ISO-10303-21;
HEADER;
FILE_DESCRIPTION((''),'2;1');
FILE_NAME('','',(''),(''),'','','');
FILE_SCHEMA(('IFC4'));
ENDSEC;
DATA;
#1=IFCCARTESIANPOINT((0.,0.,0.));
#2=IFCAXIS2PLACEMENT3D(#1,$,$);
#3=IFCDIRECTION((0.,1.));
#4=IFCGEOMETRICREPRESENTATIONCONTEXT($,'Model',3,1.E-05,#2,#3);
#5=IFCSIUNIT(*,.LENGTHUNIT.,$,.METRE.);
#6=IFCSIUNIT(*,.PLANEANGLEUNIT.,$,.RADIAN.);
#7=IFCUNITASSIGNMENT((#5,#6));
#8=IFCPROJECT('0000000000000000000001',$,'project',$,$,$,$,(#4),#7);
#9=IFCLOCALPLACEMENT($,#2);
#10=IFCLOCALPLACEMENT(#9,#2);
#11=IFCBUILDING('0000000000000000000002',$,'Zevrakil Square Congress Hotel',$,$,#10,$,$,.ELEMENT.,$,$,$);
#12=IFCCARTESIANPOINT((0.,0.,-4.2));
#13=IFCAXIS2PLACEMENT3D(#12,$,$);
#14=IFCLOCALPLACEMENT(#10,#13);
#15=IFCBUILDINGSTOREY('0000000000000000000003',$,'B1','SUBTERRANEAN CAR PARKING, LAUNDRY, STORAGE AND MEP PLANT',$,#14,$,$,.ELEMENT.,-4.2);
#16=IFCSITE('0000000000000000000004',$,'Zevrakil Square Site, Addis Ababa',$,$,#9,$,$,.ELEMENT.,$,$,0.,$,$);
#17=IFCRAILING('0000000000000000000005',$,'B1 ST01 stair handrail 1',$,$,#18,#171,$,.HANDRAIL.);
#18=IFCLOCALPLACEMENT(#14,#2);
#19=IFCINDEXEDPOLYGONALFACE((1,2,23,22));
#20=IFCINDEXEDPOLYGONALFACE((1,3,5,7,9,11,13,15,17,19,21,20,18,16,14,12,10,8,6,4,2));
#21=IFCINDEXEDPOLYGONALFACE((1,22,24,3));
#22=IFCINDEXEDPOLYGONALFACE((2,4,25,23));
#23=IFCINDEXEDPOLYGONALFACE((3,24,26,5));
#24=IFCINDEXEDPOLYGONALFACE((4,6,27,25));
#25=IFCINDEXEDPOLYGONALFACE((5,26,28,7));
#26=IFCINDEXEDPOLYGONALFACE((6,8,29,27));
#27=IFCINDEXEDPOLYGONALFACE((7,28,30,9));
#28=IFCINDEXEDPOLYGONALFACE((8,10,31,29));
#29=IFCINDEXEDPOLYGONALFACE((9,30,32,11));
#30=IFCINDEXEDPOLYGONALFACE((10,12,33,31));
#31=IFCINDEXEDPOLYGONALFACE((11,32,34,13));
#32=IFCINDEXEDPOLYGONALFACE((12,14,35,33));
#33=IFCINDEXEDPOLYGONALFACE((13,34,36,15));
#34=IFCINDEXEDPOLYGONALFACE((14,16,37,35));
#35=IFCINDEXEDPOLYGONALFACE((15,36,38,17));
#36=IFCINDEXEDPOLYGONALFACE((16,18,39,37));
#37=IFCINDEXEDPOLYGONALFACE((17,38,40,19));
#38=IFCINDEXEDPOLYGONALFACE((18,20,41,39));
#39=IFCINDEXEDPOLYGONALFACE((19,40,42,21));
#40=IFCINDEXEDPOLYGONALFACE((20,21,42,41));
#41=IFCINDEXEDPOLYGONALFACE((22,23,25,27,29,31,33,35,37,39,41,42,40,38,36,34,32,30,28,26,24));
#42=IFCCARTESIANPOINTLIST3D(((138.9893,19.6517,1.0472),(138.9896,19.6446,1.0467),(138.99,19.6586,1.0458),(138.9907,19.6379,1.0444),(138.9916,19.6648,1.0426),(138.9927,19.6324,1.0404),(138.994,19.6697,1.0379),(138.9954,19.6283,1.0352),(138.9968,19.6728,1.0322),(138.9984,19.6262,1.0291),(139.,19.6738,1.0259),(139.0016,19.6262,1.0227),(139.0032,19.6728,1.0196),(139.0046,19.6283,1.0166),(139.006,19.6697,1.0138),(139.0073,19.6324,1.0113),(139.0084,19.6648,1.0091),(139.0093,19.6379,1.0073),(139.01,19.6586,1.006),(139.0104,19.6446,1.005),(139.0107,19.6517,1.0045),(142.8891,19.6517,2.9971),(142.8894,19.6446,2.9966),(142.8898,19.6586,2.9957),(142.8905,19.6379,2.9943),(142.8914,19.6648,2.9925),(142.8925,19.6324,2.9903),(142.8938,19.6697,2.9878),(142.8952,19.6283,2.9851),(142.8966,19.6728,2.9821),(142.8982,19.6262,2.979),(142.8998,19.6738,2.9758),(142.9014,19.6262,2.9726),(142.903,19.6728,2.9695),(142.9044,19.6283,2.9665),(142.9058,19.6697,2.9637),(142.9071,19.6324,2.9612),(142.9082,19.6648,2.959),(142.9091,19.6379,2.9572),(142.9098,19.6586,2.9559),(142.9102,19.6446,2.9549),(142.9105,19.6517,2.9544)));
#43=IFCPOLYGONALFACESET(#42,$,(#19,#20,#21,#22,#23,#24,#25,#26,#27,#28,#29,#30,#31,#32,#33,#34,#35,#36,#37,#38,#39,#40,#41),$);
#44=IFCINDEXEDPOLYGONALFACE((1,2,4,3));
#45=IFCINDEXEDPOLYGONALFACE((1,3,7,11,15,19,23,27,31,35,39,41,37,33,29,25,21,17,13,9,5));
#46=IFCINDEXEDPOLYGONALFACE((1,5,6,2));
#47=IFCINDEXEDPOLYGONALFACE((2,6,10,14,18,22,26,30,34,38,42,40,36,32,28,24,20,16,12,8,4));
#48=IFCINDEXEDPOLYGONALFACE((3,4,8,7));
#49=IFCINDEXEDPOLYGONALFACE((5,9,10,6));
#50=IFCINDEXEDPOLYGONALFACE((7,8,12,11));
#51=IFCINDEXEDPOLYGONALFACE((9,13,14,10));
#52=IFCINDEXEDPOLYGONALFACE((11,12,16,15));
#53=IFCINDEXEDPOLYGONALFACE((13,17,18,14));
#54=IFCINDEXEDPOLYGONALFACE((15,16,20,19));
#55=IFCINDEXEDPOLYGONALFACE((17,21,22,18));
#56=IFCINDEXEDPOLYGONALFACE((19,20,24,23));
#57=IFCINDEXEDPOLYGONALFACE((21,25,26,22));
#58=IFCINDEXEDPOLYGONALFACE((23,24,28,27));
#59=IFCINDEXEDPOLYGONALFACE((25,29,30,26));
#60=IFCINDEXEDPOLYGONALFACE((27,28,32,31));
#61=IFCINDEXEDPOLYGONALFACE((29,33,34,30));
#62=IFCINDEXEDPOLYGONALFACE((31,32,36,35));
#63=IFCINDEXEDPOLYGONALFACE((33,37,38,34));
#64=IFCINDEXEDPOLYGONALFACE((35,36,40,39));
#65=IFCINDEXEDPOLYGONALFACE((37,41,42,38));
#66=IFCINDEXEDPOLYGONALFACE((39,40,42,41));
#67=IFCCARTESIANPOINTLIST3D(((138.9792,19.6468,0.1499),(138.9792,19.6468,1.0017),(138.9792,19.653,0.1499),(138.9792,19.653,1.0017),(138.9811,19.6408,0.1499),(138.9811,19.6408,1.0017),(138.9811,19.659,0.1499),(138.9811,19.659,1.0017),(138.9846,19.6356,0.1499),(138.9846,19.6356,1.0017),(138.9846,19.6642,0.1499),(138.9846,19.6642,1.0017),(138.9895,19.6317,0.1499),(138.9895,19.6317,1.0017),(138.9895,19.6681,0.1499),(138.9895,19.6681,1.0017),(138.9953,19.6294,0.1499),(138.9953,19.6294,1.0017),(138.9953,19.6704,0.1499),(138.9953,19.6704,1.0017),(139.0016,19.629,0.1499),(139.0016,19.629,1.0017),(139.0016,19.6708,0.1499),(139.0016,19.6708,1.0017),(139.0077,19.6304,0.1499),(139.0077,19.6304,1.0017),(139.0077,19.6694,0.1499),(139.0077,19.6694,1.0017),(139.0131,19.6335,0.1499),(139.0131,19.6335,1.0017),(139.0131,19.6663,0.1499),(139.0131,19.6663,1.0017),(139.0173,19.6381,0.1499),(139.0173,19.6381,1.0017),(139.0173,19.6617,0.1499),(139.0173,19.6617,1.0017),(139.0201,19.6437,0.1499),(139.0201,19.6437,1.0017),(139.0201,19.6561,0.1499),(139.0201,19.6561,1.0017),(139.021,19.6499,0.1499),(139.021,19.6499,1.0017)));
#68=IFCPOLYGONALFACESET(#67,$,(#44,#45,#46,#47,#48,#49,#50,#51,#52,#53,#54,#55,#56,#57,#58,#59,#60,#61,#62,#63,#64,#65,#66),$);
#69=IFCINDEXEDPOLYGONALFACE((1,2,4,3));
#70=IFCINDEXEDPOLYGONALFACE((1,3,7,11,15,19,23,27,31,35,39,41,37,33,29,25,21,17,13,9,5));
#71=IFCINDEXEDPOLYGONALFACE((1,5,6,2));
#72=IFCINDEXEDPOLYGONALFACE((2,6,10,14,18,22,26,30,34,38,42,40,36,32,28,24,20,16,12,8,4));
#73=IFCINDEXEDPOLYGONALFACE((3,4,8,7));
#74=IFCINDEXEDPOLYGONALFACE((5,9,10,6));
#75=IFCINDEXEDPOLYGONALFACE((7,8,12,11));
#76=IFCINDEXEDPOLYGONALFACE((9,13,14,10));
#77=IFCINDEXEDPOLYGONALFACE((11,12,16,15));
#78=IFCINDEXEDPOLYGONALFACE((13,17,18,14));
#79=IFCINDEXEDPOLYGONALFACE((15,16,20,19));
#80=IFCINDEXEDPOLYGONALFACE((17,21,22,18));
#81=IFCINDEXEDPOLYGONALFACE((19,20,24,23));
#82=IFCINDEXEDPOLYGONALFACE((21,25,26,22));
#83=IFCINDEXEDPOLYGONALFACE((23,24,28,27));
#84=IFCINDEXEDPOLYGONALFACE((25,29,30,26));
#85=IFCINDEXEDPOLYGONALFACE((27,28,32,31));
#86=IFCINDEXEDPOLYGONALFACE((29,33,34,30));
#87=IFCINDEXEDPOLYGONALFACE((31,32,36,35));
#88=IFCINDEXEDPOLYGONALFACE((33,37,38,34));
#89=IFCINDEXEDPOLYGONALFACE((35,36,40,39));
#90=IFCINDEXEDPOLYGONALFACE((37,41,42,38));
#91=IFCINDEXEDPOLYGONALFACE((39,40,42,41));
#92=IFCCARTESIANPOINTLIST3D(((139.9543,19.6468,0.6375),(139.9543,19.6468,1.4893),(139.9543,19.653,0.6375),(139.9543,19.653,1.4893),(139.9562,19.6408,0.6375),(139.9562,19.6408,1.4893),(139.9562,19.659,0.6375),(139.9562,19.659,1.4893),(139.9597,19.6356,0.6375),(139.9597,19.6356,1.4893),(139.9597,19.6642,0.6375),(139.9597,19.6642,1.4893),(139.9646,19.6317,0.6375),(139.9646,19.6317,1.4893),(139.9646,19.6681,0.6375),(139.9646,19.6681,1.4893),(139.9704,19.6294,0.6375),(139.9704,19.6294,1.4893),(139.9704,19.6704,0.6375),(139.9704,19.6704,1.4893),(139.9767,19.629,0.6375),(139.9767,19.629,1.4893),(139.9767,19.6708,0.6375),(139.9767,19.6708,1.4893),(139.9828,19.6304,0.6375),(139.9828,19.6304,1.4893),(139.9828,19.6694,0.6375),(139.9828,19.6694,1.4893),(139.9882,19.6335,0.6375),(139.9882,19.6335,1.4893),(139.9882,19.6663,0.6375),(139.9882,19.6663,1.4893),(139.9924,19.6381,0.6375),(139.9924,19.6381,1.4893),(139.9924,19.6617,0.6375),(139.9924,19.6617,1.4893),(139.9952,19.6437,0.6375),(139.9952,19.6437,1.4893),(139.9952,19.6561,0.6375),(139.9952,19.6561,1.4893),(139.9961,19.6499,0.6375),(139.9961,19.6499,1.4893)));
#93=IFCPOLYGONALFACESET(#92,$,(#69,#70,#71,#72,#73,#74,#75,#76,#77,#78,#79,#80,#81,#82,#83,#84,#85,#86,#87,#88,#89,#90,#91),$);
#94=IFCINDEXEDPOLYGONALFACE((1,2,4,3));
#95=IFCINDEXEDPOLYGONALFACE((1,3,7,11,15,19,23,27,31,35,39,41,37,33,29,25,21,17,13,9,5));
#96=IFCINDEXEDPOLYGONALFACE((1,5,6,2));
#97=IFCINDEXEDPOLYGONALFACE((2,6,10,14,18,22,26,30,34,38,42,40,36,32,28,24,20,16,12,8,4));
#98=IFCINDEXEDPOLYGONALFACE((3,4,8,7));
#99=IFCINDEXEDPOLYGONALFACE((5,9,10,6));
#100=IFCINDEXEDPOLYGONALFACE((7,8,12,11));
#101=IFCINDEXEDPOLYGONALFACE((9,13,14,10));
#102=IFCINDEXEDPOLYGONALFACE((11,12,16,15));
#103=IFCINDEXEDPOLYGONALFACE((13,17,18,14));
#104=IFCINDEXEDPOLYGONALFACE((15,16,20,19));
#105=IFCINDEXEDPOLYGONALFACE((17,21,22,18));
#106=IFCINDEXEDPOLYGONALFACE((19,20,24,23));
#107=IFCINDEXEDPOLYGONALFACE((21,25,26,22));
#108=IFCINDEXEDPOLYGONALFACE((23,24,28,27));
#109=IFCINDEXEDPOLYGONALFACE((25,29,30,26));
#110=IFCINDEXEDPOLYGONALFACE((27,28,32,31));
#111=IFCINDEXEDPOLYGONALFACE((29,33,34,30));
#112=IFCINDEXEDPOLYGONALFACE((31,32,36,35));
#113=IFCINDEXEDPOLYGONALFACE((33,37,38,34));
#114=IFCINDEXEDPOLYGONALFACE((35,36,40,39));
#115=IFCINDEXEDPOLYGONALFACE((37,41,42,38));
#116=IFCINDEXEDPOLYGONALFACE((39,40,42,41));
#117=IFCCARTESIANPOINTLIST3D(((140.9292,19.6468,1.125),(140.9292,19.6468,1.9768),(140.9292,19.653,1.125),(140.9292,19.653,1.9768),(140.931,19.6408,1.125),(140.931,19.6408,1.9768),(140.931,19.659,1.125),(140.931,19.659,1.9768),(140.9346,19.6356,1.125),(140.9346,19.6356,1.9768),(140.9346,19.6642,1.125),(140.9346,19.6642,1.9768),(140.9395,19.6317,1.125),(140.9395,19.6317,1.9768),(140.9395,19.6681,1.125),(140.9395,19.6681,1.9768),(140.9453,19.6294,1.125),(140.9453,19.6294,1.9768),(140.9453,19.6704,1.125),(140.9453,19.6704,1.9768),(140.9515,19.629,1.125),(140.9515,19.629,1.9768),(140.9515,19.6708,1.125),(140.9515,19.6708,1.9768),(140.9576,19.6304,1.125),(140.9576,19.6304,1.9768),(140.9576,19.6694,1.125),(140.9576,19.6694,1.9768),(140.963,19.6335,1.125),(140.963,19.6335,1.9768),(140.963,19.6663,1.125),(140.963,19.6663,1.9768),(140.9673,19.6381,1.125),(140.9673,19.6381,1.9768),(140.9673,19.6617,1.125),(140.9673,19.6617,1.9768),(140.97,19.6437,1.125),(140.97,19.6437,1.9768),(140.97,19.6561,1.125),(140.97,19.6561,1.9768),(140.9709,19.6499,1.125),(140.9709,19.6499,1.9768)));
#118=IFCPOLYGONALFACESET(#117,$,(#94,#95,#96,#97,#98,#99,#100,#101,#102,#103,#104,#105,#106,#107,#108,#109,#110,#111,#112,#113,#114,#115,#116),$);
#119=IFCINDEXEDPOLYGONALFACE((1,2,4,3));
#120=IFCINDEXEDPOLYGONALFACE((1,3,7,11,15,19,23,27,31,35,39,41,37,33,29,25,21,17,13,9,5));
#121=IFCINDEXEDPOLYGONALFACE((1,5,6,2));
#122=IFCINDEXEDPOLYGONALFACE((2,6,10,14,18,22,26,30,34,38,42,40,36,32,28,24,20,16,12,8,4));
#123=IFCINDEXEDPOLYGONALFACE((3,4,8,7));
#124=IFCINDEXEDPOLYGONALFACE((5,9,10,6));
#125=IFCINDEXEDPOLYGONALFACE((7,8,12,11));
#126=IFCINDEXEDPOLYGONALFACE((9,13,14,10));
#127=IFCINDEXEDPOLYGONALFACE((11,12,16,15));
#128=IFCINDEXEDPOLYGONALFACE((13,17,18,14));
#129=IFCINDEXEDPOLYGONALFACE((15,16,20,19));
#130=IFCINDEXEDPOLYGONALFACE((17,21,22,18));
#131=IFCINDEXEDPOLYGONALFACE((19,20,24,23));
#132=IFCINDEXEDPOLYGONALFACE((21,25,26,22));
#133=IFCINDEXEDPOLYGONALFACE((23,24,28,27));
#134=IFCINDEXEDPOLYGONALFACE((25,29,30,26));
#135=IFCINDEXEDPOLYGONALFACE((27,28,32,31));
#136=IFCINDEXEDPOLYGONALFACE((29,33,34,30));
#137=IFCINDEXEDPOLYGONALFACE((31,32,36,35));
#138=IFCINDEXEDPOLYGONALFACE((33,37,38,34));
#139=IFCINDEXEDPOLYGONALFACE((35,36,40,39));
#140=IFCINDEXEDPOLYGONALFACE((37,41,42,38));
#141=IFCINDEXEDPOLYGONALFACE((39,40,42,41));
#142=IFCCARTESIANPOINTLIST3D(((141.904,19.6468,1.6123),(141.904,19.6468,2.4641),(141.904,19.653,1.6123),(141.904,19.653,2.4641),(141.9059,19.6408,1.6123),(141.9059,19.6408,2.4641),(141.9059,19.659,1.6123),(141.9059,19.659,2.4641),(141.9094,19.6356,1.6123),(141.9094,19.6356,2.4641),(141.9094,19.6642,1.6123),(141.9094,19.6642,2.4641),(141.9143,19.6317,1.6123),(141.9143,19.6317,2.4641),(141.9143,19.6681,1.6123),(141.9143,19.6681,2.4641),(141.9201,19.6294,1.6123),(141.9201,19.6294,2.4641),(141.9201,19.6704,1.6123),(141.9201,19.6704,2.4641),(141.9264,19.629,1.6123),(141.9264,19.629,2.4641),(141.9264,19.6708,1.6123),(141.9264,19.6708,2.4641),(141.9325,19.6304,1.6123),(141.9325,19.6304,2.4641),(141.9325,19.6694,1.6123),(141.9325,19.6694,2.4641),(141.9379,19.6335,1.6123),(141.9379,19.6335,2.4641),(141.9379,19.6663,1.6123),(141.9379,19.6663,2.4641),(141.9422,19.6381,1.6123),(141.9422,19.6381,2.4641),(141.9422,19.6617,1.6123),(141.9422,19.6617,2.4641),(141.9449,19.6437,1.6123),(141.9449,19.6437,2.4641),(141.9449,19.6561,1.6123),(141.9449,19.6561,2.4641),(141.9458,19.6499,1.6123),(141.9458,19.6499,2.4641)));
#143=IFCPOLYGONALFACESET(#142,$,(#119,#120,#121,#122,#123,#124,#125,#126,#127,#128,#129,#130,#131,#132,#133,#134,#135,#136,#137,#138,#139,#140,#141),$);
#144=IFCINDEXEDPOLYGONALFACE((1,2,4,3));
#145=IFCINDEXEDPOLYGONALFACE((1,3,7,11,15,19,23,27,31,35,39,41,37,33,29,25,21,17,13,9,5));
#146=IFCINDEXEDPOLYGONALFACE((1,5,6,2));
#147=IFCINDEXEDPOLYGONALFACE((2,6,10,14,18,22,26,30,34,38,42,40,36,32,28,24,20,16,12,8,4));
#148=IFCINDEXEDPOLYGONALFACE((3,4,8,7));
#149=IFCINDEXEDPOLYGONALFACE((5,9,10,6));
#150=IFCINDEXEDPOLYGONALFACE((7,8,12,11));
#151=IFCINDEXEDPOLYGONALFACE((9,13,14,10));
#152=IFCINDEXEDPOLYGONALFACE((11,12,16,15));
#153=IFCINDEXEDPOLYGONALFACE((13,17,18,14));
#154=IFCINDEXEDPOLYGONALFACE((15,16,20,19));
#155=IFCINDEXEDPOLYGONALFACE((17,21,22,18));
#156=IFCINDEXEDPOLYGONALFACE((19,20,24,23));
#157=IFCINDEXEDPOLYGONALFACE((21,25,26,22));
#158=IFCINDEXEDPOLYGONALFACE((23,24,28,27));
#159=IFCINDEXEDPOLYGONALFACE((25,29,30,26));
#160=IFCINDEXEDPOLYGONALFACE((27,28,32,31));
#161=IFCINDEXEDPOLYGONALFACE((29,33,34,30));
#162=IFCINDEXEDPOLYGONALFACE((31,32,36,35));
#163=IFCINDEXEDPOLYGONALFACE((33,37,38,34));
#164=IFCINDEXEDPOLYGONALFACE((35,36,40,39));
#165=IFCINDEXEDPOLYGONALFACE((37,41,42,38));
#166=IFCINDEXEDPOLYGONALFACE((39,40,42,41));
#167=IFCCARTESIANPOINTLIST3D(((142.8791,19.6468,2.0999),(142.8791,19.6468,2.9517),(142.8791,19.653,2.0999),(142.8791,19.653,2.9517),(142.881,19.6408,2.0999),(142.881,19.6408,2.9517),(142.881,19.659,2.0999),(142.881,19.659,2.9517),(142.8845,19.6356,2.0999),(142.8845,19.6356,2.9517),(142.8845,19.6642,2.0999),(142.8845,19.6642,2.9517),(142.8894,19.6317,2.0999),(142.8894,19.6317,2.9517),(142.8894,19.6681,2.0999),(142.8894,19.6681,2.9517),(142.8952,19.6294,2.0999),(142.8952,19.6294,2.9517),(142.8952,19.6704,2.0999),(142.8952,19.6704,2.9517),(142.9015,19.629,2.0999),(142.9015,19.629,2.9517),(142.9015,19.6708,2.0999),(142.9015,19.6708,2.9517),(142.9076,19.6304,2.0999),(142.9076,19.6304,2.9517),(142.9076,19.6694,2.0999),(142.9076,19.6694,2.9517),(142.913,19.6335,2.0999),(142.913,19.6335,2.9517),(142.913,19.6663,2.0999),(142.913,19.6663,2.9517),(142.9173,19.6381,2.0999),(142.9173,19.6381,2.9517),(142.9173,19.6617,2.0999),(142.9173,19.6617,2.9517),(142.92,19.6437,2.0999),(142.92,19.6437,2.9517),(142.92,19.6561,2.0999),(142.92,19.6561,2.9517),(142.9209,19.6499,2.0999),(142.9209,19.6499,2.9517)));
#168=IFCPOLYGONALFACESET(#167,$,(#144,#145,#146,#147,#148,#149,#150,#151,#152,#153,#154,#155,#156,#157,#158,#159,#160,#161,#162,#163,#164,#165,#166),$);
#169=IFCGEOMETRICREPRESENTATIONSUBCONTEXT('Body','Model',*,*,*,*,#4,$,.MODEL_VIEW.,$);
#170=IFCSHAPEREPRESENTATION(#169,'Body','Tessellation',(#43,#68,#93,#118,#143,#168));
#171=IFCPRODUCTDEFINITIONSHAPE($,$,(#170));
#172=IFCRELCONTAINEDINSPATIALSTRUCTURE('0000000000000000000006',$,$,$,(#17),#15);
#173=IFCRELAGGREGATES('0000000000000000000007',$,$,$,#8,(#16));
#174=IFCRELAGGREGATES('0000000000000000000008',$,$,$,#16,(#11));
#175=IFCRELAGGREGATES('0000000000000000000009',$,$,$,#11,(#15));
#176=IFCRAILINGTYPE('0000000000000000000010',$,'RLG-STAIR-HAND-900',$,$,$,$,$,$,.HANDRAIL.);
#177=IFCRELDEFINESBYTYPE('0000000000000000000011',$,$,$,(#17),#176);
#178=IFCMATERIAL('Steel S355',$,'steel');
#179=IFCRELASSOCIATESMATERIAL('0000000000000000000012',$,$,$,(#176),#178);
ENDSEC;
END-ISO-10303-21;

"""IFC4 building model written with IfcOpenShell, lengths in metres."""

from ifc_helpers import new_model, si_unit, direction, frame, origin, origin_2d, place, context, subcontext, project, spatial, circle, extrude, material, type_object, element, save


model = new_model("IFC4")

# Units and contexts
model_context = context("Model", 3, precision=1e-05, world=origin(), true_north=direction((0.0, 1.0)))
body_context = subcontext(model_context, "Body", "Model", "MODEL_VIEW")
ifc_project = project(units=[si_unit("LENGTHUNIT", "METRE"), si_unit("PLANEANGLEUNIT", "RADIAN")], contexts=[model_context])

# Site, building, storey
site_placement = place(None, origin())
site = spatial("IfcSite", under=ifc_project, at=site_placement, Name="Zevrakil Square Site, Addis Ababa", CompositionType="ELEMENT", RefElevation=0.0)
building_placement = place(site_placement, origin())
building = spatial("IfcBuilding", under=site, at=building_placement, Name="Zevrakil Square Congress Hotel", CompositionType="ELEMENT")
storey_placement = place(building_placement, frame((0.0, 0.0, -4.2)))
storey = spatial("IfcBuildingStorey", under=building, at=storey_placement, Name="B1", Description="SUBTERRANEAN CAR PARKING, LAUNDRY, STORAGE AND MEP PLANT", CompositionType="ELEMENT", Elevation=-4.2)

# Railing
ifc_material_1 = material(Name="Steel S355", Category="steel")
railing_type_1 = type_object("IfcRailingType", Name="RLG-STAIR-HAND-900", PredefinedType="HANDRAIL", material=ifc_material_1)
railing_1_placement = place(storey_placement, frame((139.0, 19.6499, 0.1499)))
element("IfcRailing", 1, at=railing_1_placement, inside=storey, type_object=railing_type_1, Name="B1 ST01 stair handrail 1", PredefinedType="HANDRAIL", context=body_context, shape_type="SweptSolid", body=[
    extrude(circle(Radius=0.0239, at=origin_2d()), frame((0.0, 0.0, 0.876), z_axis=(0.894427, 0.0, 0.447214), x_axis=(0.0, 1.0, 0.0)), (0.0, 0.0, 1.0), 4.3601),
    extrude(circle(Radius=0.021, at=origin_2d()), origin(), (0.0, 0.0, 1.0), 0.8518),
    extrude(circle(Radius=0.021, at=origin_2d()), frame((0.9751, 0.0, 0.4875)), (0.0, 0.0, 1.0), 0.8518),
    extrude(circle(Radius=0.021, at=origin_2d()), frame((1.95, 0.0, 0.9751)), (0.0, 0.0, 1.0), 0.8518),
    extrude(circle(Radius=0.021, at=origin_2d()), frame((2.9248, 0.0, 1.4624)), (0.0, 0.0, 1.0), 0.8518),
    extrude(circle(Radius=0.021, at=origin_2d()), frame((3.8999, 0.0, 1.95)), (0.0, 0.0, 1.0), 0.8518),
])

save(model, "model.ifc")
